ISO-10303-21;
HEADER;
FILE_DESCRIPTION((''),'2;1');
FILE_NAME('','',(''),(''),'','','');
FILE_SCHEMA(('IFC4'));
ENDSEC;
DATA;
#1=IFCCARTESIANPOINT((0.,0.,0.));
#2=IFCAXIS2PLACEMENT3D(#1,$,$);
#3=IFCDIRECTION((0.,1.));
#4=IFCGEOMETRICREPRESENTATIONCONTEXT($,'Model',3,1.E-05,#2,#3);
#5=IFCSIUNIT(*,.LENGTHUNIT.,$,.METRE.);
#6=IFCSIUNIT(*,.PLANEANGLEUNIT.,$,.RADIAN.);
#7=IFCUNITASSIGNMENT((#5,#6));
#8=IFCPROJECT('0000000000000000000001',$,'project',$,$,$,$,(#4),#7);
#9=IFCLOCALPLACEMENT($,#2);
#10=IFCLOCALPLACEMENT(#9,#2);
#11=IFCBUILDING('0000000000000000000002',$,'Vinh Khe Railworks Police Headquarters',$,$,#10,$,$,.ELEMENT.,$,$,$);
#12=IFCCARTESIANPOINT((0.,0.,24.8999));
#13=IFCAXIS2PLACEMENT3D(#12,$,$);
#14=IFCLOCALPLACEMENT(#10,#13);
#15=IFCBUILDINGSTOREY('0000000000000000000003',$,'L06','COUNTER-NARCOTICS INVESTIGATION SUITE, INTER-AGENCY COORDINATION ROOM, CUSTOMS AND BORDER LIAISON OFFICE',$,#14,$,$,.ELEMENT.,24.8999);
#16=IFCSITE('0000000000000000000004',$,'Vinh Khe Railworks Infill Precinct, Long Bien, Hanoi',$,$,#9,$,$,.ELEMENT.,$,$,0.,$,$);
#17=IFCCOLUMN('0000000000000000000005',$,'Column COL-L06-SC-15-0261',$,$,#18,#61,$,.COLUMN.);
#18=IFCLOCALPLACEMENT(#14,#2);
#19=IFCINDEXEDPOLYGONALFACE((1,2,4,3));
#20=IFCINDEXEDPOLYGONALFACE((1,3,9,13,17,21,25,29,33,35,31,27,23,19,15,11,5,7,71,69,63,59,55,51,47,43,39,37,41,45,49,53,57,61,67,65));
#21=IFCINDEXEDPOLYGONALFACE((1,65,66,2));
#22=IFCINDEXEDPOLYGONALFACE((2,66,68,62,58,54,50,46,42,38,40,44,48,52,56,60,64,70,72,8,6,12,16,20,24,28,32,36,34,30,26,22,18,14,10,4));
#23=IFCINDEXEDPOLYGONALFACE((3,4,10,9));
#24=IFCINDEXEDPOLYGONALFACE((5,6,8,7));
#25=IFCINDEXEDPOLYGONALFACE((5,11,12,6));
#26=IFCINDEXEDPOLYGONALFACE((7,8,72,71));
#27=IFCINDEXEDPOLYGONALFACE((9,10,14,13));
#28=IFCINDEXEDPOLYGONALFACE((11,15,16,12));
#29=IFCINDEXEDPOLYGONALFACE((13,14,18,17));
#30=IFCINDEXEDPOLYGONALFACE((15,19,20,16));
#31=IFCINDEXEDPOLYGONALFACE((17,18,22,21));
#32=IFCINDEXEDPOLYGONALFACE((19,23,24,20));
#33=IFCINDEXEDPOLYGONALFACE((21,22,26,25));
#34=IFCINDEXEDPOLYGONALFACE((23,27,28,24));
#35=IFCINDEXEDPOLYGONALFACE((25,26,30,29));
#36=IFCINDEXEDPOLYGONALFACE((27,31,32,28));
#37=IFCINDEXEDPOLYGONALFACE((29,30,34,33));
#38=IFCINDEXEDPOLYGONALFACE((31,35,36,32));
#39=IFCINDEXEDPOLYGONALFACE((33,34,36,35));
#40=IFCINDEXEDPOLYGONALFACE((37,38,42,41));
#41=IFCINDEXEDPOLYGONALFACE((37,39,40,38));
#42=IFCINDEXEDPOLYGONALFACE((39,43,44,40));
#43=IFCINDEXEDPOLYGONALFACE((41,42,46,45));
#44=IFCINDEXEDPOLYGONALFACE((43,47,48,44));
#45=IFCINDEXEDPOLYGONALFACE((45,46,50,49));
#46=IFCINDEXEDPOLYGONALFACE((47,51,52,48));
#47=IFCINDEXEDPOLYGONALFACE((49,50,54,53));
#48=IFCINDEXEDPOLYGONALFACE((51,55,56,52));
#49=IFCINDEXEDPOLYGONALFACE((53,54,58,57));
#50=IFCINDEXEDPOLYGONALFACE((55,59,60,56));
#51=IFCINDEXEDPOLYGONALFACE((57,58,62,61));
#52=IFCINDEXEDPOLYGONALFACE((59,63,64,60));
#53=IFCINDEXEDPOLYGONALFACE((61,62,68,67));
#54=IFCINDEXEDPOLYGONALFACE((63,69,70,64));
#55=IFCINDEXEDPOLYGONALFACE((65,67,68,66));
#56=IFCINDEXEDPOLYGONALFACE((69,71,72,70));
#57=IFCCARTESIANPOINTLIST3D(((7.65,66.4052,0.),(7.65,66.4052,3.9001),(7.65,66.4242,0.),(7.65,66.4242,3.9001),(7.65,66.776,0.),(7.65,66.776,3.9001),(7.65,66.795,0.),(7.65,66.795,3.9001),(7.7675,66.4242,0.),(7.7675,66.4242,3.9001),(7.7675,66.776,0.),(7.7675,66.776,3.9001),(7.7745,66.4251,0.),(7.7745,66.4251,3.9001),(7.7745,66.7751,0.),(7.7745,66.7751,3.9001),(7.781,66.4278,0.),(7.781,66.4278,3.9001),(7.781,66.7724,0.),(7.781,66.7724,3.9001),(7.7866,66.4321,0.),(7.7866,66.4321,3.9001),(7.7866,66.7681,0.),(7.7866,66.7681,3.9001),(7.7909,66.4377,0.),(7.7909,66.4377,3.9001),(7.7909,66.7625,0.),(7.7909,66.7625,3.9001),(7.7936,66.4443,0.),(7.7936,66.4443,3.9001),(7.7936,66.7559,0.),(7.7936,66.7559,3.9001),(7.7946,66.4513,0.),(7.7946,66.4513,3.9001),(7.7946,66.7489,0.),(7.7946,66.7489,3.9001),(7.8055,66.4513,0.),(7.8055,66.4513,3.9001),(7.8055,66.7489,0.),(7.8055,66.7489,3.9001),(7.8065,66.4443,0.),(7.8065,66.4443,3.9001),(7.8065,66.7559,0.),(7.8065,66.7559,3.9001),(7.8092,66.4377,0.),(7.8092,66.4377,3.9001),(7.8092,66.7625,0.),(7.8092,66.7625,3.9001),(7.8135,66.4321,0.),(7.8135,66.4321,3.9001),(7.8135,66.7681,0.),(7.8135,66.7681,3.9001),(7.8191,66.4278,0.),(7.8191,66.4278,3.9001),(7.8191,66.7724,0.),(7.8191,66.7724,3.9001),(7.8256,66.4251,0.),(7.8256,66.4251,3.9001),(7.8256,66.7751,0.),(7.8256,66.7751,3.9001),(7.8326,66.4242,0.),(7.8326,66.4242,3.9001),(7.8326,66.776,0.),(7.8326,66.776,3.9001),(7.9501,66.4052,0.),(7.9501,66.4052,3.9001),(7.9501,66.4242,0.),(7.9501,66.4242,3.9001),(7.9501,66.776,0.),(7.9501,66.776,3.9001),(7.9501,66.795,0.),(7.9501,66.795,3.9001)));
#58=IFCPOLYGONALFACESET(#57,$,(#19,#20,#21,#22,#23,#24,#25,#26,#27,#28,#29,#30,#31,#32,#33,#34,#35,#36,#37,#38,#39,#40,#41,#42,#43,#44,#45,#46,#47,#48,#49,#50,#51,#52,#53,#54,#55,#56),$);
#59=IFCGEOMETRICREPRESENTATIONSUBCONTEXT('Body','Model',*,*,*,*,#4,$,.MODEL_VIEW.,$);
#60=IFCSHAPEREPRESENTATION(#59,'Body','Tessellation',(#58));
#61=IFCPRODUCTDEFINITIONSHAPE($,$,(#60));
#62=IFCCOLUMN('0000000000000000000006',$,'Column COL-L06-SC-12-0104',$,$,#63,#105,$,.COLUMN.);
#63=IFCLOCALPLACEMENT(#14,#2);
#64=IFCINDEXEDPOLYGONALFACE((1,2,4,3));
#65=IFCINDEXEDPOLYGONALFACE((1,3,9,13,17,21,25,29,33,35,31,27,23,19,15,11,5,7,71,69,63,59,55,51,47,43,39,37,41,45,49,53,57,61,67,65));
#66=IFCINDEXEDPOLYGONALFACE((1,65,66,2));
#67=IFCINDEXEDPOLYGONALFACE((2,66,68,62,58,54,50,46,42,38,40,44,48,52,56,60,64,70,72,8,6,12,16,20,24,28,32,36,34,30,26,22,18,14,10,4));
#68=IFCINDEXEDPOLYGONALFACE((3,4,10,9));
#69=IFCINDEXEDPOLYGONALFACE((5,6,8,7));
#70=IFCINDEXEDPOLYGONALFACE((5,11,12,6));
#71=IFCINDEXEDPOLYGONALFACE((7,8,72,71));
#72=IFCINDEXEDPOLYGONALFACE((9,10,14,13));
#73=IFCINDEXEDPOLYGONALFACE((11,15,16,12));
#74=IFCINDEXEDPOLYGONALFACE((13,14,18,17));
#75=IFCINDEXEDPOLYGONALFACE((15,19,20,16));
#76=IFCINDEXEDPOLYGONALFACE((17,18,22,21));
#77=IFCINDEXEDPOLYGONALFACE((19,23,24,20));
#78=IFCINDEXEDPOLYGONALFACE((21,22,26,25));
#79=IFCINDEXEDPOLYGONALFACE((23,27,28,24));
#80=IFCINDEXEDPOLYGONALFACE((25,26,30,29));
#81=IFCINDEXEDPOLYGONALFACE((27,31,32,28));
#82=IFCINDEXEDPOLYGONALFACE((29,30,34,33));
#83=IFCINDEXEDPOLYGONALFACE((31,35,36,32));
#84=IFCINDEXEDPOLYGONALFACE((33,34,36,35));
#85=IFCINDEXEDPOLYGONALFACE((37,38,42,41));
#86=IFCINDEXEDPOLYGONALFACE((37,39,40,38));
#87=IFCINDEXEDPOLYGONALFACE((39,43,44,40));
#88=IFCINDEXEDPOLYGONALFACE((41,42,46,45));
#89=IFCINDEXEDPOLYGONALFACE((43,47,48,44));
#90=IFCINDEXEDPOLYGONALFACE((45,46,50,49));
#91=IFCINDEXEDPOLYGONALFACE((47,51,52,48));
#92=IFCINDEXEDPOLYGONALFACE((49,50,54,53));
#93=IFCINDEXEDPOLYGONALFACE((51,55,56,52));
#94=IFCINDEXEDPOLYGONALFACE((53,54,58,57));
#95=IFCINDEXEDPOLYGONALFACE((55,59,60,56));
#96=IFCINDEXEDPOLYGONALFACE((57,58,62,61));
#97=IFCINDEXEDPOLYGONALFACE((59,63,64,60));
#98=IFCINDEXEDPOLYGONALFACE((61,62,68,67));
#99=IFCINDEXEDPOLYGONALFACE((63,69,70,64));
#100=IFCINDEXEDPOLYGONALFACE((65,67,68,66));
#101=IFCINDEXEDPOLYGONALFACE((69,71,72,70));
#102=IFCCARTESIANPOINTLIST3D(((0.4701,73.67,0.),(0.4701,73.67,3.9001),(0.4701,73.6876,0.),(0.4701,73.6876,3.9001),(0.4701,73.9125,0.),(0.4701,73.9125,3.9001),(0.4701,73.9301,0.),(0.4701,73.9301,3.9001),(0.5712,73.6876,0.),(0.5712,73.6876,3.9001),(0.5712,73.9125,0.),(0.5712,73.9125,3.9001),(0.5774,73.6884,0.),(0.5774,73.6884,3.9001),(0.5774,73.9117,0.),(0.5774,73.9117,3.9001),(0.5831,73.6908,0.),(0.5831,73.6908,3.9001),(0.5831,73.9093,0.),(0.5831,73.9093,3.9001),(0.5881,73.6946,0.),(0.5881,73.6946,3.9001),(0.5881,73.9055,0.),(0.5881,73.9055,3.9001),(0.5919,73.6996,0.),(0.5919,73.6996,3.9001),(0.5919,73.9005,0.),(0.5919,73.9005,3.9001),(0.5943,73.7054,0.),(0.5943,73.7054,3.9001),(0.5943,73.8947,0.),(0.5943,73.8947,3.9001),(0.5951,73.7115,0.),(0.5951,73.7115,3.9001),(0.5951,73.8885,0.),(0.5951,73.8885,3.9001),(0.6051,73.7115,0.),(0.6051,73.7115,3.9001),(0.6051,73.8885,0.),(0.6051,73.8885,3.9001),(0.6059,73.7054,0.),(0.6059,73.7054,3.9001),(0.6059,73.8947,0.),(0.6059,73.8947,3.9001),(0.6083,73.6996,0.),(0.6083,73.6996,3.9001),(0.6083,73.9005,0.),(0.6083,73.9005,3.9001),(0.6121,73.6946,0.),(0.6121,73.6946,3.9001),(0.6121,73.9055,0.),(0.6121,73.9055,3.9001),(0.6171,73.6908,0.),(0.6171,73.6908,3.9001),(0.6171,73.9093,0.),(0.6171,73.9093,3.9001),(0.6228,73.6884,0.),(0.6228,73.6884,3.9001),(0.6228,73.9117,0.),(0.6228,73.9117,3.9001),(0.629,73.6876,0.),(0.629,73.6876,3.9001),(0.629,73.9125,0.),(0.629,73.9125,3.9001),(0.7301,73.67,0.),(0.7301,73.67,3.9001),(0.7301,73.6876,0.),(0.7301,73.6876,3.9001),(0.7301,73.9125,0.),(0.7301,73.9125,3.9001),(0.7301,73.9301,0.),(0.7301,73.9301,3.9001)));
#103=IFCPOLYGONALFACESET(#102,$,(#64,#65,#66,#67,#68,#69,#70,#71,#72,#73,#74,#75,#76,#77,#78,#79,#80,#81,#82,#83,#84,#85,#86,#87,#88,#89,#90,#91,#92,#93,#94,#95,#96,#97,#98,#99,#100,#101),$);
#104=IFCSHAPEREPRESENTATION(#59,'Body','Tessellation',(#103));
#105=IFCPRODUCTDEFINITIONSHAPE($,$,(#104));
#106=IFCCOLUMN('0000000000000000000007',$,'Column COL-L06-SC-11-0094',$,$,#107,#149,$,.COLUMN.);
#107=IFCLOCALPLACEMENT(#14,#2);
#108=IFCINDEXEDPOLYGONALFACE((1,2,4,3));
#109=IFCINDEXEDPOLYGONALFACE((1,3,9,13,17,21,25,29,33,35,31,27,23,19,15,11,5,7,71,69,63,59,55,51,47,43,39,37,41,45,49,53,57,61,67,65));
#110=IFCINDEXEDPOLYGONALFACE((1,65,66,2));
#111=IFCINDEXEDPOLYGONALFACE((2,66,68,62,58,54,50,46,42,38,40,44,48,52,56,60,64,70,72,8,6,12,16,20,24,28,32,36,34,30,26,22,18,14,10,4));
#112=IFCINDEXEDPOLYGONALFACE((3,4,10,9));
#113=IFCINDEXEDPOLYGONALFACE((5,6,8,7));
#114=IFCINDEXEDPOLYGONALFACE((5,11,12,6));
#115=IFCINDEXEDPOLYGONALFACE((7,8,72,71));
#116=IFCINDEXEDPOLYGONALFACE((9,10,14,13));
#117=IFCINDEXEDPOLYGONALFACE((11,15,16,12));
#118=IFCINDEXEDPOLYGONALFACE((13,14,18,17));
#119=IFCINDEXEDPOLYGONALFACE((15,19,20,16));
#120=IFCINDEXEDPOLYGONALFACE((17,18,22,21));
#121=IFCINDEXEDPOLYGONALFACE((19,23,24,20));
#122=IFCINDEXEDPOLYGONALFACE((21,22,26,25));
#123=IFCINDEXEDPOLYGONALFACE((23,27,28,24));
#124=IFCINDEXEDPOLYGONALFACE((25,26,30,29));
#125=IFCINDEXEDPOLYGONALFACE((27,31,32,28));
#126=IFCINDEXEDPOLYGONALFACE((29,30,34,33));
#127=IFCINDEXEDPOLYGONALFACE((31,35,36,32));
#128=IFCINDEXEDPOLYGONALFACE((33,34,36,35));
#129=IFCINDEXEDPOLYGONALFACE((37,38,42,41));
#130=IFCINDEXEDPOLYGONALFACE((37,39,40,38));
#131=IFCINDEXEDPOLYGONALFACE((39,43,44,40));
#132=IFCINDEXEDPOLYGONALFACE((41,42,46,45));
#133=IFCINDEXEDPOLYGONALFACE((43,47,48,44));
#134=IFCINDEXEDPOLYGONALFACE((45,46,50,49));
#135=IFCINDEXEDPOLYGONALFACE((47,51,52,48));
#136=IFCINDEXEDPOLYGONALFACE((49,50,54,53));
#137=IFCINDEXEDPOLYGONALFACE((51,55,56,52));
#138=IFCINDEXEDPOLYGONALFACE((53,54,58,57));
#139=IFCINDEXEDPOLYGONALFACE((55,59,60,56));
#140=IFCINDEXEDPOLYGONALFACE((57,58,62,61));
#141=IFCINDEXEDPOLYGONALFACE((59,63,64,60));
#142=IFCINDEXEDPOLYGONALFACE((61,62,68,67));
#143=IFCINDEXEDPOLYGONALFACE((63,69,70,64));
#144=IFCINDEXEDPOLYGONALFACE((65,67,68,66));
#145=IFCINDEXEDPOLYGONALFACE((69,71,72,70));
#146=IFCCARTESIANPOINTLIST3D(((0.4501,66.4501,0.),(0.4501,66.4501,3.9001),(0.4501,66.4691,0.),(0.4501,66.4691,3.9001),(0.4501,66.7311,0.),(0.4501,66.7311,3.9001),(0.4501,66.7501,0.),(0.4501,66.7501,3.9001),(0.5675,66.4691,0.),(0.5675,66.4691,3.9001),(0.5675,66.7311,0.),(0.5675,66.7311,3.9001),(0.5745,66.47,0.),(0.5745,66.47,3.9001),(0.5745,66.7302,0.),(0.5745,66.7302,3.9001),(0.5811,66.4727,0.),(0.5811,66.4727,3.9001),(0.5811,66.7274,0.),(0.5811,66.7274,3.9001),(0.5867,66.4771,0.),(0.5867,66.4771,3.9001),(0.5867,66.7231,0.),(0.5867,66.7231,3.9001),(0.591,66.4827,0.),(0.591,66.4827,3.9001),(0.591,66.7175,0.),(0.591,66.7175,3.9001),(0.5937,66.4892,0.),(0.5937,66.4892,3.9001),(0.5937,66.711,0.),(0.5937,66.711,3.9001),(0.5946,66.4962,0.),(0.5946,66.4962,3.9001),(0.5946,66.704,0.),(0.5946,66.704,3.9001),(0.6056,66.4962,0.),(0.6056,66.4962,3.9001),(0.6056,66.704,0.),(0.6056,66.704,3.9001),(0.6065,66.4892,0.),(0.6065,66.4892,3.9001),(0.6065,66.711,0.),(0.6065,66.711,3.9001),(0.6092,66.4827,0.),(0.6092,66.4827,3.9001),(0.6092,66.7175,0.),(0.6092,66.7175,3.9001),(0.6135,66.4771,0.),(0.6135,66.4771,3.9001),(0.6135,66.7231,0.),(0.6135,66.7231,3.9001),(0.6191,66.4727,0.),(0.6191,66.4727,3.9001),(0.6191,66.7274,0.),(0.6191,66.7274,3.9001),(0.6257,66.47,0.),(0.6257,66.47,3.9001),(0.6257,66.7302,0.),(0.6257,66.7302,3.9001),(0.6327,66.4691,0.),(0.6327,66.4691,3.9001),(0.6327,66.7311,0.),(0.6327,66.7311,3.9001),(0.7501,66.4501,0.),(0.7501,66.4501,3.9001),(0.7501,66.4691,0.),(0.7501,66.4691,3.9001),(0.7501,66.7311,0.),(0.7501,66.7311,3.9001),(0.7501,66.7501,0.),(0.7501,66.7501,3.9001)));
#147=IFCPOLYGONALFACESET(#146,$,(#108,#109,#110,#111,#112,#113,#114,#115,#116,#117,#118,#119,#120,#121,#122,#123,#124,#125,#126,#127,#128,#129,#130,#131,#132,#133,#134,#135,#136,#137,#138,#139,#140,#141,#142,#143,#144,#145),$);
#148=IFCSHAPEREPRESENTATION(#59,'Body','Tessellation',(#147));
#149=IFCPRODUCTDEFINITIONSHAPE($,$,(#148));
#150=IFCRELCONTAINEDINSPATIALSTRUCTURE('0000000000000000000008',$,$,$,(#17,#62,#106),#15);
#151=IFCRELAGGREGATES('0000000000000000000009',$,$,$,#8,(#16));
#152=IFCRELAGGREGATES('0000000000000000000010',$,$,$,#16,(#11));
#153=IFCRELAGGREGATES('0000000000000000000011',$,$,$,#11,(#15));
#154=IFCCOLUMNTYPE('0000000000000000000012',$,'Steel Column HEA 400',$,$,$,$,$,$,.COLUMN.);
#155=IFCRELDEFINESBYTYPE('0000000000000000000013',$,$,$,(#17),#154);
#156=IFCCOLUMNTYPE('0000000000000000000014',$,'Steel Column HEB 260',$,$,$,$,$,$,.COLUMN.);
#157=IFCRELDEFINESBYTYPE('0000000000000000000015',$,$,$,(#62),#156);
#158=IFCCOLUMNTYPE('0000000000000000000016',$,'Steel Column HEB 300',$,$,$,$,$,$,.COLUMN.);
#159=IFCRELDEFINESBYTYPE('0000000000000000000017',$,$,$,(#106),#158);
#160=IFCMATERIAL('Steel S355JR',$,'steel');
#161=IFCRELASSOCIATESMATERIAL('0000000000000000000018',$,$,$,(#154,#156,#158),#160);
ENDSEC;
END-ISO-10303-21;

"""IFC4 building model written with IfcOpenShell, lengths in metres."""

from ifc_helpers import new_model, si_unit, direction, frame, origin, origin_2d, place, context, subcontext, project, spatial, i_section, extrude, material, material_profile, profile_set, type_object, element, save


model = new_model("IFC4")

# Units and contexts
model_context = context("Model", 3, precision=1e-05, world=origin(), true_north=direction((0.0, 1.0)))
body_context = subcontext(model_context, "Body", "Model", "MODEL_VIEW")
ifc_project = project(units=[si_unit("LENGTHUNIT", "METRE"), si_unit("PLANEANGLEUNIT", "RADIAN")], contexts=[model_context])

# Site, building, storey
site_placement = place(None, origin())
site = spatial("IfcSite", under=ifc_project, at=site_placement, Name="Vinh Khe Railworks Infill Precinct, Long Bien, Hanoi", CompositionType="ELEMENT", RefElevation=0.0)
building_placement = place(site_placement, origin())
building = spatial("IfcBuilding", under=site, at=building_placement, Name="Vinh Khe Railworks Police Headquarters", CompositionType="ELEMENT")
storey_placement = place(building_placement, frame((0.0, 0.0, 24.8999)))
storey = spatial("IfcBuildingStorey", under=building, at=storey_placement, Name="L06", Description="COUNTER-NARCOTICS INVESTIGATION SUITE, INTER-AGENCY COORDINATION ROOM, CUSTOMS AND BORDER LIAISON OFFICE", CompositionType="ELEMENT", Elevation=24.8999)

# Columns
ifc_material_1 = material(Name="Steel S355JR", Category="steel")
ifc_material_profile_1 = material_profile(ifc_material_1, i_section(OverallWidth=0.3, OverallDepth=0.3899, WebThickness=0.011, FlangeThickness=0.019, FilletRadius=0.0271, at=origin_2d()), Name="HEA 400")
ifc_profile_set_1 = profile_set([ifc_material_profile_1], Name="Steel S355JR")
column_type_1 = type_object("IfcColumnType", Name="Steel Column HEA 400", PredefinedType="COLUMN", material=ifc_profile_set_1)
column_1_placement = place(storey_placement, frame((7.8, 66.6001, 0.0), z_axis=(0.0, 0.0, 1.0), x_axis=(1.0, 0.0, 0.0)))
element("IfcColumn", 1, at=column_1_placement, inside=storey, type_object=column_type_1, Name="Column COL-L06-SC-15-0261", PredefinedType="COLUMN", context=body_context, shape_type="SweptSolid", body=[
    extrude(i_section(OverallWidth=0.3, OverallDepth=0.3899, WebThickness=0.011, FlangeThickness=0.019, FilletRadius=0.0271, at=origin_2d()), origin(), (0.0, 0.0, 1.0), 3.9001),
])
ifc_material_profile_2 = material_profile(ifc_material_1, i_section(OverallWidth=0.26, OverallDepth=0.26, WebThickness=0.01, FlangeThickness=0.0176, FilletRadius=0.0239, at=origin_2d()), Name="HEB 260")
ifc_profile_set_2 = profile_set([ifc_material_profile_2], Name="Steel S355JR")
column_type_2 = type_object("IfcColumnType", Name="Steel Column HEB 260", PredefinedType="COLUMN", material=ifc_profile_set_2)
column_2_placement = place(storey_placement, frame((0.6001, 73.8, 0.0), z_axis=(0.0, 0.0, 1.0), x_axis=(1.0, 0.0, 0.0)))
element("IfcColumn", 2, at=column_2_placement, inside=storey, type_object=column_type_2, Name="Column COL-L06-SC-12-0104", PredefinedType="COLUMN", context=body_context, shape_type="SweptSolid", body=[
    extrude(i_section(OverallWidth=0.26, OverallDepth=0.26, WebThickness=0.01, FlangeThickness=0.0176, FilletRadius=0.0239, at=origin_2d()), origin(), (0.0, 0.0, 1.0), 3.9001),
])
ifc_material_profile_3 = material_profile(ifc_material_1, i_section(OverallWidth=0.3, OverallDepth=0.3, WebThickness=0.011, FlangeThickness=0.019, FilletRadius=0.0271, at=origin_2d()), Name="HEB 300")
ifc_profile_set_3 = profile_set([ifc_material_profile_3], Name="Steel S355JR")
column_type_3 = type_object("IfcColumnType", Name="Steel Column HEB 300", PredefinedType="COLUMN", material=ifc_profile_set_3)
column_3_placement = place(storey_placement, frame((0.6001, 66.6001, 0.0), z_axis=(0.0, 0.0, 1.0), x_axis=(1.0, 0.0, 0.0)))
element("IfcColumn", 3, at=column_3_placement, inside=storey, type_object=column_type_3, Name="Column COL-L06-SC-11-0094", PredefinedType="COLUMN", context=body_context, shape_type="SweptSolid", body=[
    extrude(i_section(OverallWidth=0.3, OverallDepth=0.3, WebThickness=0.011, FlangeThickness=0.019, FilletRadius=0.0271, at=origin_2d()), origin(), (0.0, 0.0, 1.0), 3.9001),
])

save(model, "model.ifc")
